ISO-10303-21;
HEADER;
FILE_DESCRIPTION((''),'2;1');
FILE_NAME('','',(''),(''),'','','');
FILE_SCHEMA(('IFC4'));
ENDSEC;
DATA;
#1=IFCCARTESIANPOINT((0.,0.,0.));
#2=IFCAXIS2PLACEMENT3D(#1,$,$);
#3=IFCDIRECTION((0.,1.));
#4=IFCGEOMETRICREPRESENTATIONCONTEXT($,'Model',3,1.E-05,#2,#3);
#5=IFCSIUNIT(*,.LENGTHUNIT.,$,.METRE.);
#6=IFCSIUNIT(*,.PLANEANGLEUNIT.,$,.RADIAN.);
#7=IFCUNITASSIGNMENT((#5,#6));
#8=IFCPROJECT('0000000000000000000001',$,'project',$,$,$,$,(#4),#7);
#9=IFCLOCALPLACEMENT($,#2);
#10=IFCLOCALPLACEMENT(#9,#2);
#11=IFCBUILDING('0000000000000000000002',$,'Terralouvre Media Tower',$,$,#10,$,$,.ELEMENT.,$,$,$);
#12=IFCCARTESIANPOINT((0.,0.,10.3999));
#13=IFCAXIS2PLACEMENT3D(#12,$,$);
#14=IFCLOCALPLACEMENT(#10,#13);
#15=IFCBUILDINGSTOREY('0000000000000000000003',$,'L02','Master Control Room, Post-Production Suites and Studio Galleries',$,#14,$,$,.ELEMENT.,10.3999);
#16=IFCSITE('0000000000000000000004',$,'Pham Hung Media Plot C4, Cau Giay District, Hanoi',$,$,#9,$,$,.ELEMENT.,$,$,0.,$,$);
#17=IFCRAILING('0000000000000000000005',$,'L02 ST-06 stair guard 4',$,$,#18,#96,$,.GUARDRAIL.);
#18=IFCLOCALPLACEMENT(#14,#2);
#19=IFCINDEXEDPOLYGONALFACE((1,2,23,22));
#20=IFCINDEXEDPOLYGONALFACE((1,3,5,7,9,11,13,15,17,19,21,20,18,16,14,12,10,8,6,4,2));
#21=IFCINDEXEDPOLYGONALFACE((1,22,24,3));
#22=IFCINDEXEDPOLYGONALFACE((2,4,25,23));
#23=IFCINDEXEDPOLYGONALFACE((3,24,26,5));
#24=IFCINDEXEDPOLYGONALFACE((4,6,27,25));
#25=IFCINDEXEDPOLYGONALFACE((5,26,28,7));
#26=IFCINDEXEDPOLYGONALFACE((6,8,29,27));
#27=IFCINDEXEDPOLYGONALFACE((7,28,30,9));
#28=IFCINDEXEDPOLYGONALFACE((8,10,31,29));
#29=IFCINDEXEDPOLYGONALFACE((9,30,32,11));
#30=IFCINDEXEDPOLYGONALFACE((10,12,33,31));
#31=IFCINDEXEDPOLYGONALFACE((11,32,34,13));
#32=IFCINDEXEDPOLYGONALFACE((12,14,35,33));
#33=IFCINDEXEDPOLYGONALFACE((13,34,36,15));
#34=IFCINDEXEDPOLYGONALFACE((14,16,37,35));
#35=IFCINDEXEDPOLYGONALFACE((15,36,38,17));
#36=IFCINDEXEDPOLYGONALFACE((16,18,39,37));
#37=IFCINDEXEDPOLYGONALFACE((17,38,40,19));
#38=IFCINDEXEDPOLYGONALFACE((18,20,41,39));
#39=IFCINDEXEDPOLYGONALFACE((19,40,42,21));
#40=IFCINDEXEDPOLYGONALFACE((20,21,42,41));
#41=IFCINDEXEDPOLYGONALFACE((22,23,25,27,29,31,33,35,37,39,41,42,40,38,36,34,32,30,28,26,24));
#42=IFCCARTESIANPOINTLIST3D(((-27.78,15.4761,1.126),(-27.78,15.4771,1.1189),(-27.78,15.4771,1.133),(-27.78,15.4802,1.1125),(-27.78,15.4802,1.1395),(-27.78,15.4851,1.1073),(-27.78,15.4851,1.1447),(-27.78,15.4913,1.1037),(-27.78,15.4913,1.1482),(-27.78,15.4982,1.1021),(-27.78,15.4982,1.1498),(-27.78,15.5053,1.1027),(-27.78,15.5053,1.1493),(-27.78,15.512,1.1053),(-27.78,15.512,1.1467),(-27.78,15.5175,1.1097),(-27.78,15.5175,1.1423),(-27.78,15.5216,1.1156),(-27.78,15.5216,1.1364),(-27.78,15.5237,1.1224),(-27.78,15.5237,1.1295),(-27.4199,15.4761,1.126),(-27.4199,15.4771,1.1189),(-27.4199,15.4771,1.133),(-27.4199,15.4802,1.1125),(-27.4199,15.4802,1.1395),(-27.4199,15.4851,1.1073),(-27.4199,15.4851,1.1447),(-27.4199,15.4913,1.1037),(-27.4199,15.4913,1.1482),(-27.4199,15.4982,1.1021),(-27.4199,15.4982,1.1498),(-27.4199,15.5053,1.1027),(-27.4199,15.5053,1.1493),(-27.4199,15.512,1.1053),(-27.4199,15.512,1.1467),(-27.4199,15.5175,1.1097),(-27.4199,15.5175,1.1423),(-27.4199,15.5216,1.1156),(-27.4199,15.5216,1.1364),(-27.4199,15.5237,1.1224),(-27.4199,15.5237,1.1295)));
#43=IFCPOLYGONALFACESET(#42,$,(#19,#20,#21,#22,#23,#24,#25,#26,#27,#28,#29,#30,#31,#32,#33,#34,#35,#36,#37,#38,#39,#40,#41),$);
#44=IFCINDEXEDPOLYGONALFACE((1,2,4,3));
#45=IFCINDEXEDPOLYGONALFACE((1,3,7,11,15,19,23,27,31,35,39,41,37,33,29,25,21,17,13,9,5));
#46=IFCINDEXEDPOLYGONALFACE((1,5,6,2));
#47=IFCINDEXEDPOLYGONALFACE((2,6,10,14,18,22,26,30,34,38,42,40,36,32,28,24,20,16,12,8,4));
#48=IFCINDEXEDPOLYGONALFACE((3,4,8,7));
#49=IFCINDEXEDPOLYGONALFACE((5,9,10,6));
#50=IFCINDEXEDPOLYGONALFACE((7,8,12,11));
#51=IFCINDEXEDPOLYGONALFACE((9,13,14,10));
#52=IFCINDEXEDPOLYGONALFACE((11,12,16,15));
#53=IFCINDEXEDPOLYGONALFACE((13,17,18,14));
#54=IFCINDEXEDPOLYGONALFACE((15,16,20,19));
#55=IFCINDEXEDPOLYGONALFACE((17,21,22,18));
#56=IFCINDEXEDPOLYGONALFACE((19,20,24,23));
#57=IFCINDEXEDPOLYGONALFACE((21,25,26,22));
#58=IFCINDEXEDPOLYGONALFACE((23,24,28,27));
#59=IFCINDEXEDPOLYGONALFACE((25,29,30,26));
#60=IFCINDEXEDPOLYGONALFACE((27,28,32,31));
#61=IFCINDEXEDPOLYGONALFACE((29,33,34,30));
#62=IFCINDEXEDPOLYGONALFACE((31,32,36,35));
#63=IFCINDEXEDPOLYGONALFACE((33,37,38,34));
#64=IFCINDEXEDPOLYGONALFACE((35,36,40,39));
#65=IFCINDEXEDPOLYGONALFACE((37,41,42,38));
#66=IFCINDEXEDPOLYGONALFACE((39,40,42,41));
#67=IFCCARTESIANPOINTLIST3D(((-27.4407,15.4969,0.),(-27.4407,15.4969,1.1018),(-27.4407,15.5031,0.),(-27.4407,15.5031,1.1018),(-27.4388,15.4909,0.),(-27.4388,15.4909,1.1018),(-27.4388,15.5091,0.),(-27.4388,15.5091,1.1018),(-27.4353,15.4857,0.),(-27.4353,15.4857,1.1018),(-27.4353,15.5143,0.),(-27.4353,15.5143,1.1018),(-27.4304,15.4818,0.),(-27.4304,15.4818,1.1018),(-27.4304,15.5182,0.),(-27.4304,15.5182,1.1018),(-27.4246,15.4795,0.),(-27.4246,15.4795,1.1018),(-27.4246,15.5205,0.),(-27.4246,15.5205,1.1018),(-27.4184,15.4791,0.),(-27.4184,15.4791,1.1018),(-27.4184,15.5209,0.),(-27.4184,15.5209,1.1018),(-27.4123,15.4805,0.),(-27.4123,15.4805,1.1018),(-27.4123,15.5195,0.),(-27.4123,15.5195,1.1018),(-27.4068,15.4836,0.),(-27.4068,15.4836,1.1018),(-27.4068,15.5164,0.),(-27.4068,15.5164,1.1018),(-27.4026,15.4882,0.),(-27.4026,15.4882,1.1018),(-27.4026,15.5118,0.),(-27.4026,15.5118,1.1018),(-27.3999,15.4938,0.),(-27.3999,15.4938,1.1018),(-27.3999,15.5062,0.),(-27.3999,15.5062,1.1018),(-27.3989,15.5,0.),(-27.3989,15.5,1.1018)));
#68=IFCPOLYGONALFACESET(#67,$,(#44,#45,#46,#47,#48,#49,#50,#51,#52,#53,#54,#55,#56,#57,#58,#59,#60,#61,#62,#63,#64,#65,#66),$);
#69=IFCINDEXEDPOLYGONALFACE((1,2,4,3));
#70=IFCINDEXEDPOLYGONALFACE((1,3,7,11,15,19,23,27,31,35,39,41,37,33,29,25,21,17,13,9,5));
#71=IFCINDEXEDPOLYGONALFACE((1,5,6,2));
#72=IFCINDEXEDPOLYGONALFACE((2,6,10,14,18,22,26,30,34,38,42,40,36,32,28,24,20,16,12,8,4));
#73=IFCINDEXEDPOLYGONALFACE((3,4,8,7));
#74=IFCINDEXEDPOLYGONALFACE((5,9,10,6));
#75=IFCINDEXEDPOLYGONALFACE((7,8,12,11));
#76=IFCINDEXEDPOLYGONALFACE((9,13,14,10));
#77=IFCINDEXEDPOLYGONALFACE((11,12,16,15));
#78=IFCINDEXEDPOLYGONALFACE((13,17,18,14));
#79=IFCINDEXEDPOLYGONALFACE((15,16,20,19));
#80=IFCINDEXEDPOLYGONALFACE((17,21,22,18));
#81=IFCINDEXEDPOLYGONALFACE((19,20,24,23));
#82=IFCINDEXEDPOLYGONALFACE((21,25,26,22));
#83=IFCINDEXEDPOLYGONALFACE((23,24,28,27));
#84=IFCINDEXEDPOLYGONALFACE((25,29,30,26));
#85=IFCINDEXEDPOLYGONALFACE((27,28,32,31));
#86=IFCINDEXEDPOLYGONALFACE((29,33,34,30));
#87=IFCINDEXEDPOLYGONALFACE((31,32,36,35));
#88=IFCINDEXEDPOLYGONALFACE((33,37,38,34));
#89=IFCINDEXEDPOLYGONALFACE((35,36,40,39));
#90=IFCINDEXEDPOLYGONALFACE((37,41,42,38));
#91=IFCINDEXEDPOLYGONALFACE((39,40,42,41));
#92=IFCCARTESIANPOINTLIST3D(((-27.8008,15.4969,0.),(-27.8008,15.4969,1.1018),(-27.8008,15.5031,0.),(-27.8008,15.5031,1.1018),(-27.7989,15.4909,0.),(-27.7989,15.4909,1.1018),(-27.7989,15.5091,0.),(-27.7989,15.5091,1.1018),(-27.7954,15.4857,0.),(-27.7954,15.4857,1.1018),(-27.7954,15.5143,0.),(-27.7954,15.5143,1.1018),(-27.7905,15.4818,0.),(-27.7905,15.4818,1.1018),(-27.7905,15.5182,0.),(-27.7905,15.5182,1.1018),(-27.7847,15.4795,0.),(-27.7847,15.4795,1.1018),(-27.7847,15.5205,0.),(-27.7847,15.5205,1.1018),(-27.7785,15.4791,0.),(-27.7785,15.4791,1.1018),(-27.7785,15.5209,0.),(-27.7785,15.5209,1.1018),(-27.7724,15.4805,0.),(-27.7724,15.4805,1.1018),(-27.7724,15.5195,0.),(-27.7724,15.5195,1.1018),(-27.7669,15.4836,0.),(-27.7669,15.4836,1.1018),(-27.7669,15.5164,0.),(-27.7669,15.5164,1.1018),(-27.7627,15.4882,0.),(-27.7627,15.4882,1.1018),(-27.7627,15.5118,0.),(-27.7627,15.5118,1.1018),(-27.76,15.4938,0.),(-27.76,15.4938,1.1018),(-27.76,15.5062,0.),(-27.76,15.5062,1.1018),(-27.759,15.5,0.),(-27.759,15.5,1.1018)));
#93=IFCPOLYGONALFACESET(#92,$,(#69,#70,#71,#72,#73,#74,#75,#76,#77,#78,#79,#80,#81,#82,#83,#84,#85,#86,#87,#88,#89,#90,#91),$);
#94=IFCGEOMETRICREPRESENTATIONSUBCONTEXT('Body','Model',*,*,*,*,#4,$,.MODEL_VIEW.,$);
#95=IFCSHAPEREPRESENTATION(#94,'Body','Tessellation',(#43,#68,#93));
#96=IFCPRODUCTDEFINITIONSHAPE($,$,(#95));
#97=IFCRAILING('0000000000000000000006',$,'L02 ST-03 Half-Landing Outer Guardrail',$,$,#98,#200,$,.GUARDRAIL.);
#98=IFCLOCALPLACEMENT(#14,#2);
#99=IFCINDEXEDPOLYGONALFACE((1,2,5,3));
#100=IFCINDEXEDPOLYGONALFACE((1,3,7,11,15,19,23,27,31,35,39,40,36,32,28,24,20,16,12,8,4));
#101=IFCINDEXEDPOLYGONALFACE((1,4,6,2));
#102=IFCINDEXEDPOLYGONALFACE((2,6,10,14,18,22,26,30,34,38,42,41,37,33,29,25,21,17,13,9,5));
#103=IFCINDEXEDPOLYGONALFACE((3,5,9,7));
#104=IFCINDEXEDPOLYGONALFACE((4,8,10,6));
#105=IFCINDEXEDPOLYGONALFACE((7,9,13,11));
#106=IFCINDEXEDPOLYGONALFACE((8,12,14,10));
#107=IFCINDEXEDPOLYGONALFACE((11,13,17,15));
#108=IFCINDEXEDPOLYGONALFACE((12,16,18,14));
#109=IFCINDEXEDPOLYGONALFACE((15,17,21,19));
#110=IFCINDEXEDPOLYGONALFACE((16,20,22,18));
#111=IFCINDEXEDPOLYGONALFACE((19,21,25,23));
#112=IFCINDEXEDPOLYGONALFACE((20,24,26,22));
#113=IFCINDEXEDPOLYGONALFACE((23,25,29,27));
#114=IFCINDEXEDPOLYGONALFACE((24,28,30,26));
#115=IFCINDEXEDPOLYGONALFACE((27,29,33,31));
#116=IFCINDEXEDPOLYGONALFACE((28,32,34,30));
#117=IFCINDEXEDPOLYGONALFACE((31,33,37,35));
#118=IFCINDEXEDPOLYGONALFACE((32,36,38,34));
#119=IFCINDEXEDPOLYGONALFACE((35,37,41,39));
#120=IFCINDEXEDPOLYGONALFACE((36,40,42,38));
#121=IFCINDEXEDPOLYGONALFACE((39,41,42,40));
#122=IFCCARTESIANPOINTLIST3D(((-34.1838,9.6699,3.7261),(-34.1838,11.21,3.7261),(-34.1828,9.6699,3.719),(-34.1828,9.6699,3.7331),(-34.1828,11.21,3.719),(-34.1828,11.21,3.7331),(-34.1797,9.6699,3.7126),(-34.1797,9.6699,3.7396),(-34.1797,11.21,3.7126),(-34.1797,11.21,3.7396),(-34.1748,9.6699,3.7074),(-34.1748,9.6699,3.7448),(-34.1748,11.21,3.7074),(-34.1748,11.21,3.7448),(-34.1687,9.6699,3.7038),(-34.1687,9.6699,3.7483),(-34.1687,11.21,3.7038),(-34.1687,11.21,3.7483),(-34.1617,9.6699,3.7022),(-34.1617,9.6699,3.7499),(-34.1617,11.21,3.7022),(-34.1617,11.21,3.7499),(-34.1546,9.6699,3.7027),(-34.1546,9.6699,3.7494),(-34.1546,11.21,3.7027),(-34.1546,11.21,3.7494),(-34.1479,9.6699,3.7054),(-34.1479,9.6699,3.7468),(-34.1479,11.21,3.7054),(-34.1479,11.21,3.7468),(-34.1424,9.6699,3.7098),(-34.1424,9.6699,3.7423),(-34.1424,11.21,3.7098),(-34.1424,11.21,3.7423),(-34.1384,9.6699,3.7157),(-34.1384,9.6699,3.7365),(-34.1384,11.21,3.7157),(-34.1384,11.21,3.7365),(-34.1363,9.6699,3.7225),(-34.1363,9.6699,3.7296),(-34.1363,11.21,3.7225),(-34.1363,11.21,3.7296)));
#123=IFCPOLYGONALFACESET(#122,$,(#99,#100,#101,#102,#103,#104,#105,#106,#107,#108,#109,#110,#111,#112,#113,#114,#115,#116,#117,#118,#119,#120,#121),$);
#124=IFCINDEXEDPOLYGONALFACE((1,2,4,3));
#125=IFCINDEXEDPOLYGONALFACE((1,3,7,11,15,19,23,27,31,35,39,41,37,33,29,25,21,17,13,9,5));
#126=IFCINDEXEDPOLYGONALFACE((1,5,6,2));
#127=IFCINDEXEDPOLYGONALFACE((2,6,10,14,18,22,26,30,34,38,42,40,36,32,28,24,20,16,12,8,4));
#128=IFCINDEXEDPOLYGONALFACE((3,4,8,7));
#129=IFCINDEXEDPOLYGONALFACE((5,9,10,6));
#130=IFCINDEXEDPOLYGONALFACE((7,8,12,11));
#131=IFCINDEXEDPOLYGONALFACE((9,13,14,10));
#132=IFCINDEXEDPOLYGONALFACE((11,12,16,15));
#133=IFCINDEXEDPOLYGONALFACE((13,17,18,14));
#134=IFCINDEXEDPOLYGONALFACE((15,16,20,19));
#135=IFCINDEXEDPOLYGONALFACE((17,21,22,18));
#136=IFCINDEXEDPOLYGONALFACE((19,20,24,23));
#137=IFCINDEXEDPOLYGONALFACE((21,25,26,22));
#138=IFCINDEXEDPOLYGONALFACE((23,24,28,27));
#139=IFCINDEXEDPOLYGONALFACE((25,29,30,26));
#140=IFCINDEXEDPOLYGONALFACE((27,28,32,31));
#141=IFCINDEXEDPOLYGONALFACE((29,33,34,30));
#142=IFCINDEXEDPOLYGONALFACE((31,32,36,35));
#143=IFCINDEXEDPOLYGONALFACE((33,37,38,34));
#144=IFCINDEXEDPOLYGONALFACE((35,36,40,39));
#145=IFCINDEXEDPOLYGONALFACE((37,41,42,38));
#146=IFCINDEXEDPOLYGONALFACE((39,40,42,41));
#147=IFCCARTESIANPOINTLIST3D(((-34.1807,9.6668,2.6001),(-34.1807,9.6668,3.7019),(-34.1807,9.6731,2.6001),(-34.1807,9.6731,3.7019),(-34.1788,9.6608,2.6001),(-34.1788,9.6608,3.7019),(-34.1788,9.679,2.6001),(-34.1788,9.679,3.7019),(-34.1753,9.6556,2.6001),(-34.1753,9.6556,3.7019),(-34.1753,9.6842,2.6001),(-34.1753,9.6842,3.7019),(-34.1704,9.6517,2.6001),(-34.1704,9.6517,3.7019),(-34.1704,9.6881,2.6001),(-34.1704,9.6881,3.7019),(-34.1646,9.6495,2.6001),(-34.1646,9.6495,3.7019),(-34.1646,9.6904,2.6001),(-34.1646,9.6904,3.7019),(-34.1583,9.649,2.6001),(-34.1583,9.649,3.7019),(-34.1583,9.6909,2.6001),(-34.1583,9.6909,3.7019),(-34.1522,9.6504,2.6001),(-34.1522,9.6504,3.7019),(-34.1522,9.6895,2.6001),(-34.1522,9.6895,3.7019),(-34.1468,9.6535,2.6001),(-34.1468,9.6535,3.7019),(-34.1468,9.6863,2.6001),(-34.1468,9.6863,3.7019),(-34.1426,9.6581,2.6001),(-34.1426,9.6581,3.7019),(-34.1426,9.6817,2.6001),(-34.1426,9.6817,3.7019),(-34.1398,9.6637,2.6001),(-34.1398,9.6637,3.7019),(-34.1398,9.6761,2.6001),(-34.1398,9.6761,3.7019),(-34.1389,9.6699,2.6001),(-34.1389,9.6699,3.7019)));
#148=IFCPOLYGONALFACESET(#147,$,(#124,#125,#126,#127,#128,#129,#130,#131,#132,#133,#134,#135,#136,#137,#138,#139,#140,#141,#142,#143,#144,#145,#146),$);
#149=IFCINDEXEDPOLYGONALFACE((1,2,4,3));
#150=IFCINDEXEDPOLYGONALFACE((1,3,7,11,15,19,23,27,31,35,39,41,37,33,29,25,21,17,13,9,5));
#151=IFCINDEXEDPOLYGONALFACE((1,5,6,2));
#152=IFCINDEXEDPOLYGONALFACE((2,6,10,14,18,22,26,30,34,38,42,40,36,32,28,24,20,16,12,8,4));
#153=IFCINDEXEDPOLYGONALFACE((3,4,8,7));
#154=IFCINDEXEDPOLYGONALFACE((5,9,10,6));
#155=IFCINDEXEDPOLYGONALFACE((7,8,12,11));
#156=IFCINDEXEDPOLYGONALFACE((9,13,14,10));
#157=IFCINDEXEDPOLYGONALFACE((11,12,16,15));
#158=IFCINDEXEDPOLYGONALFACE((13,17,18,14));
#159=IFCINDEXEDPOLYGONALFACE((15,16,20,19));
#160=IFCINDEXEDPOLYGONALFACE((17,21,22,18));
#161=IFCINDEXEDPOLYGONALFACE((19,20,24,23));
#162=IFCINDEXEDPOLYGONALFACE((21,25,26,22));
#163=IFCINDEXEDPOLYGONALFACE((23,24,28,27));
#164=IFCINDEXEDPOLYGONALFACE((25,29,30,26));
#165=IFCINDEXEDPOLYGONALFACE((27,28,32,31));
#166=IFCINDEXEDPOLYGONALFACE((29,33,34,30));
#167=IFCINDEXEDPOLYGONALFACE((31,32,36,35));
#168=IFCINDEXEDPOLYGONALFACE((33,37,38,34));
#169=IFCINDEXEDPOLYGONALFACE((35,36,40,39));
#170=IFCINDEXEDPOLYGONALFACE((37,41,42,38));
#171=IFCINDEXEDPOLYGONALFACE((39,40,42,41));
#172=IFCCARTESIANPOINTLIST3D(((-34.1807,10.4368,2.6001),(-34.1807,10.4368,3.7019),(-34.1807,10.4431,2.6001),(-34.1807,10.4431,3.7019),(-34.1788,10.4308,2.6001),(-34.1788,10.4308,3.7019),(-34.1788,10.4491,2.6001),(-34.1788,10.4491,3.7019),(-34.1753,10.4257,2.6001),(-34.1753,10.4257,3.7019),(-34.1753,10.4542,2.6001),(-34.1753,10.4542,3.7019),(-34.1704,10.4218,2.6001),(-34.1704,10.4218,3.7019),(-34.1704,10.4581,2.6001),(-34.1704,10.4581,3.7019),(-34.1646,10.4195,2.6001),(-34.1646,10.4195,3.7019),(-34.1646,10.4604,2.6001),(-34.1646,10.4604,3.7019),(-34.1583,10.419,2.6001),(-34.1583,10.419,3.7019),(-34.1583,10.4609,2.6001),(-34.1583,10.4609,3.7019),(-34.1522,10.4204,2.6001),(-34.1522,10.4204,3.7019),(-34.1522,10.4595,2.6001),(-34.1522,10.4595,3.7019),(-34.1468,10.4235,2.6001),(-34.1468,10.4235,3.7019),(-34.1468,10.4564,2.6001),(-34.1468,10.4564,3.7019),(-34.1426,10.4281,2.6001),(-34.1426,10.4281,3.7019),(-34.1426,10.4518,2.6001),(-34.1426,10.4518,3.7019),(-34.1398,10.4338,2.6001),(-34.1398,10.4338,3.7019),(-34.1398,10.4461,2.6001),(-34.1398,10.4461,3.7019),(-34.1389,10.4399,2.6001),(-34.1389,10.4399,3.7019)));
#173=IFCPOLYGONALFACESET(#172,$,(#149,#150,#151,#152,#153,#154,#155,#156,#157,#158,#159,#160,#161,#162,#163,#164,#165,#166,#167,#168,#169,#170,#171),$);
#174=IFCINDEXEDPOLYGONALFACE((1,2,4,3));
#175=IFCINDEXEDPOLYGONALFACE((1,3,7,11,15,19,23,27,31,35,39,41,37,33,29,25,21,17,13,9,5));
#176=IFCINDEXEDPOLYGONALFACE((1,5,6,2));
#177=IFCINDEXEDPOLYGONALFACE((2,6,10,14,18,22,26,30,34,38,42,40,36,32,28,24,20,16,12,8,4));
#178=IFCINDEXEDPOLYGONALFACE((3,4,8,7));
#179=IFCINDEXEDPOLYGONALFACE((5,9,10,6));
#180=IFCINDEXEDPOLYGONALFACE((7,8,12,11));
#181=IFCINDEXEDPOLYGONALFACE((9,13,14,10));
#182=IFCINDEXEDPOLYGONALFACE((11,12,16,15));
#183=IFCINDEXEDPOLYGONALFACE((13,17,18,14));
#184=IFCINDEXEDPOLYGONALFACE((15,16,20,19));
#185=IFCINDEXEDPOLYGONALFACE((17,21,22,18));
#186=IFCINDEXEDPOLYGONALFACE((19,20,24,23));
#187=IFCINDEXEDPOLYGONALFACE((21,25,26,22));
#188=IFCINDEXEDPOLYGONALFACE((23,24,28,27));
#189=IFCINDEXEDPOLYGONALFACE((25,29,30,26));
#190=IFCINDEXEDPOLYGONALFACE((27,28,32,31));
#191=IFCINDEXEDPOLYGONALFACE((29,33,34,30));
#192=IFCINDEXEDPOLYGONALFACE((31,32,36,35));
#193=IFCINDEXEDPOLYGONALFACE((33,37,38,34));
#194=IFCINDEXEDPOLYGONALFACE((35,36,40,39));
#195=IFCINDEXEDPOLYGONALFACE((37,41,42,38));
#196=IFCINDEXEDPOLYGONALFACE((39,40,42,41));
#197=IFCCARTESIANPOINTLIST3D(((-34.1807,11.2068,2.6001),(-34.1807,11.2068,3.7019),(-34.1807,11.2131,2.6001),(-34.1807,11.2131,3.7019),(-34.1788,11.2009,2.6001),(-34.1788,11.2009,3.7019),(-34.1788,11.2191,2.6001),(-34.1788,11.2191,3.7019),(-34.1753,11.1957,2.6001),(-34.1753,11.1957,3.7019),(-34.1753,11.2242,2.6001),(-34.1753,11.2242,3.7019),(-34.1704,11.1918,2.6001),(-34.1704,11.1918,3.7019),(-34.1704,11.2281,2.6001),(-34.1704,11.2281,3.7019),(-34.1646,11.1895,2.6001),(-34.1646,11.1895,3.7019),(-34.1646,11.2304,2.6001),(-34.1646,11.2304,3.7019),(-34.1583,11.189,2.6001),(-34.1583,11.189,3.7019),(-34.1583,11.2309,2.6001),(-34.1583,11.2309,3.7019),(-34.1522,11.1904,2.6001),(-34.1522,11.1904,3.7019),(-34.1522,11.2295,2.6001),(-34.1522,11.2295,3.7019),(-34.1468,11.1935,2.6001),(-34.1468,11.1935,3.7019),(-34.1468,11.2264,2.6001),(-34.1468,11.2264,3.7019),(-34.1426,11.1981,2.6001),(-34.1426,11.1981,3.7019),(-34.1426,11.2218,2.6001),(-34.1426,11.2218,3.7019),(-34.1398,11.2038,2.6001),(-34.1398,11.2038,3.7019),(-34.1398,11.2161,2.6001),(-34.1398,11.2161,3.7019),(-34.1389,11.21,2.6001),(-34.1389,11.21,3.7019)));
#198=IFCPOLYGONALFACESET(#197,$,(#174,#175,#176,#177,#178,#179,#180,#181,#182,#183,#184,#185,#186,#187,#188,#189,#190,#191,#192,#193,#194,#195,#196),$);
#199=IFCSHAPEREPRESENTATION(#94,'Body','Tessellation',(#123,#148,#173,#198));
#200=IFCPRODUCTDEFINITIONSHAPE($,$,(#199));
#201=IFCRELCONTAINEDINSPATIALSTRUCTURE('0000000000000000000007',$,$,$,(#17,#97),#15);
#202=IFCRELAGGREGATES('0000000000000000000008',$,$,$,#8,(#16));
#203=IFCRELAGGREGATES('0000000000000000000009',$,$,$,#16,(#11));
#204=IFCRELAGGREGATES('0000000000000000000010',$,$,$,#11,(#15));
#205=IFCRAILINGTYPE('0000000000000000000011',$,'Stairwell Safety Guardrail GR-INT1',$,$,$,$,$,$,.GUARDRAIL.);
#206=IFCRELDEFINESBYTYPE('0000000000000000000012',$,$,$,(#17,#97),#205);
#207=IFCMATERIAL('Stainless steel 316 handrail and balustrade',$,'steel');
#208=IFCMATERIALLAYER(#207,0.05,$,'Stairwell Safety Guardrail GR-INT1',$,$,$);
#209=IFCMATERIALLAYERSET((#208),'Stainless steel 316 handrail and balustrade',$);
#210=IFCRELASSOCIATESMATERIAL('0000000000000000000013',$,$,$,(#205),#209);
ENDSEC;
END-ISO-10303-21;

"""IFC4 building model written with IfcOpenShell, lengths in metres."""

from ifc_helpers import new_model, si_unit, direction, frame, origin, origin_2d, place, context, subcontext, project, spatial, circle, extrude, material, layer, layer_set, type_object, element, save


model = new_model("IFC4")

# Units and contexts
model_context = context("Model", 3, precision=1e-05, world=origin(), true_north=direction((0.0, 1.0)))
body_context = subcontext(model_context, "Body", "Model", "MODEL_VIEW")
ifc_project = project(units=[si_unit("LENGTHUNIT", "METRE"), si_unit("PLANEANGLEUNIT", "RADIAN")], contexts=[model_context])

# Site, building, storey
site_placement = place(None, origin())
site = spatial("IfcSite", under=ifc_project, at=site_placement, Name="Pham Hung Media Plot C4, Cau Giay District, Hanoi", CompositionType="ELEMENT", RefElevation=0.0)
building_placement = place(site_placement, origin())
building = spatial("IfcBuilding", under=site, at=building_placement, Name="Terralouvre Media Tower", CompositionType="ELEMENT")
storey_placement = place(building_placement, frame((0.0, 0.0, 10.3999)))
storey = spatial("IfcBuildingStorey", under=building, at=storey_placement, Name="L02", Description="Master Control Room, Post-Production Suites and Studio Galleries", CompositionType="ELEMENT", Elevation=10.3999)

# Railings
ifc_material_1 = material(Name="Stainless steel 316 handrail and balustrade", Category="steel")
ifc_layer_1 = layer(ifc_material_1, 0.05, Name="Stairwell Safety Guardrail GR-INT1")
ifc_layer_set_1 = layer_set([ifc_layer_1], Name="Stainless steel 316 handrail and balustrade")
railing_type_1 = type_object("IfcRailingType", Name="Stairwell Safety Guardrail GR-INT1", PredefinedType="GUARDRAIL", material=ifc_layer_set_1)
railing_1_placement = place(storey_placement, frame((-27.4199, 15.5, 0.0)))
element("IfcRailing", 1, at=railing_1_placement, inside=storey, type_object=railing_type_1, Name="L02 ST-06 stair guard 4", PredefinedType="GUARDRAIL", context=body_context, shape_type="SweptSolid", body=[
    extrude(circle(Radius=0.0239, at=origin_2d()), frame((0.0, 0.0, 1.126), z_axis=(-1.0, 0.0, 0.0), x_axis=(0.0, -1.0, 0.0)), (0.0, 0.0, 1.0), 0.3601),
    extrude(circle(Radius=0.021, at=origin_2d()), origin(), (0.0, 0.0, 1.0), 1.1018),
    extrude(circle(Radius=0.021, at=origin_2d()), frame((-0.3601, 0.0, 0.0)), (0.0, 0.0, 1.0), 1.1018),
])
railing_2_placement = place(storey_placement, frame((-34.1599, 9.6699, 2.6001)))
element("IfcRailing", 2, at=railing_2_placement, inside=storey, type_object=railing_type_1, Name="L02 ST-03 Half-Landing Outer Guardrail", PredefinedType="GUARDRAIL", context=body_context, shape_type="SweptSolid", body=[
    extrude(circle(Radius=0.0239, at=origin_2d()), frame((0.0, 0.0, 1.126), z_axis=(0.0, 1.0, 0.0), x_axis=(-1.0, 0.0, 0.0)), (0.0, 0.0, 1.0), 1.54),
    extrude(circle(Radius=0.021, at=origin_2d()), origin(), (0.0, 0.0, 1.0), 1.1018),
    extrude(circle(Radius=0.021, at=origin_2d()), frame((0.0, 0.77, 0.0)), (0.0, 0.0, 1.0), 1.1018),
    extrude(circle(Radius=0.021, at=origin_2d()), frame((0.0, 1.54, 0.0)), (0.0, 0.0, 1.0), 1.1018),
])

save(model, "model.ifc")
